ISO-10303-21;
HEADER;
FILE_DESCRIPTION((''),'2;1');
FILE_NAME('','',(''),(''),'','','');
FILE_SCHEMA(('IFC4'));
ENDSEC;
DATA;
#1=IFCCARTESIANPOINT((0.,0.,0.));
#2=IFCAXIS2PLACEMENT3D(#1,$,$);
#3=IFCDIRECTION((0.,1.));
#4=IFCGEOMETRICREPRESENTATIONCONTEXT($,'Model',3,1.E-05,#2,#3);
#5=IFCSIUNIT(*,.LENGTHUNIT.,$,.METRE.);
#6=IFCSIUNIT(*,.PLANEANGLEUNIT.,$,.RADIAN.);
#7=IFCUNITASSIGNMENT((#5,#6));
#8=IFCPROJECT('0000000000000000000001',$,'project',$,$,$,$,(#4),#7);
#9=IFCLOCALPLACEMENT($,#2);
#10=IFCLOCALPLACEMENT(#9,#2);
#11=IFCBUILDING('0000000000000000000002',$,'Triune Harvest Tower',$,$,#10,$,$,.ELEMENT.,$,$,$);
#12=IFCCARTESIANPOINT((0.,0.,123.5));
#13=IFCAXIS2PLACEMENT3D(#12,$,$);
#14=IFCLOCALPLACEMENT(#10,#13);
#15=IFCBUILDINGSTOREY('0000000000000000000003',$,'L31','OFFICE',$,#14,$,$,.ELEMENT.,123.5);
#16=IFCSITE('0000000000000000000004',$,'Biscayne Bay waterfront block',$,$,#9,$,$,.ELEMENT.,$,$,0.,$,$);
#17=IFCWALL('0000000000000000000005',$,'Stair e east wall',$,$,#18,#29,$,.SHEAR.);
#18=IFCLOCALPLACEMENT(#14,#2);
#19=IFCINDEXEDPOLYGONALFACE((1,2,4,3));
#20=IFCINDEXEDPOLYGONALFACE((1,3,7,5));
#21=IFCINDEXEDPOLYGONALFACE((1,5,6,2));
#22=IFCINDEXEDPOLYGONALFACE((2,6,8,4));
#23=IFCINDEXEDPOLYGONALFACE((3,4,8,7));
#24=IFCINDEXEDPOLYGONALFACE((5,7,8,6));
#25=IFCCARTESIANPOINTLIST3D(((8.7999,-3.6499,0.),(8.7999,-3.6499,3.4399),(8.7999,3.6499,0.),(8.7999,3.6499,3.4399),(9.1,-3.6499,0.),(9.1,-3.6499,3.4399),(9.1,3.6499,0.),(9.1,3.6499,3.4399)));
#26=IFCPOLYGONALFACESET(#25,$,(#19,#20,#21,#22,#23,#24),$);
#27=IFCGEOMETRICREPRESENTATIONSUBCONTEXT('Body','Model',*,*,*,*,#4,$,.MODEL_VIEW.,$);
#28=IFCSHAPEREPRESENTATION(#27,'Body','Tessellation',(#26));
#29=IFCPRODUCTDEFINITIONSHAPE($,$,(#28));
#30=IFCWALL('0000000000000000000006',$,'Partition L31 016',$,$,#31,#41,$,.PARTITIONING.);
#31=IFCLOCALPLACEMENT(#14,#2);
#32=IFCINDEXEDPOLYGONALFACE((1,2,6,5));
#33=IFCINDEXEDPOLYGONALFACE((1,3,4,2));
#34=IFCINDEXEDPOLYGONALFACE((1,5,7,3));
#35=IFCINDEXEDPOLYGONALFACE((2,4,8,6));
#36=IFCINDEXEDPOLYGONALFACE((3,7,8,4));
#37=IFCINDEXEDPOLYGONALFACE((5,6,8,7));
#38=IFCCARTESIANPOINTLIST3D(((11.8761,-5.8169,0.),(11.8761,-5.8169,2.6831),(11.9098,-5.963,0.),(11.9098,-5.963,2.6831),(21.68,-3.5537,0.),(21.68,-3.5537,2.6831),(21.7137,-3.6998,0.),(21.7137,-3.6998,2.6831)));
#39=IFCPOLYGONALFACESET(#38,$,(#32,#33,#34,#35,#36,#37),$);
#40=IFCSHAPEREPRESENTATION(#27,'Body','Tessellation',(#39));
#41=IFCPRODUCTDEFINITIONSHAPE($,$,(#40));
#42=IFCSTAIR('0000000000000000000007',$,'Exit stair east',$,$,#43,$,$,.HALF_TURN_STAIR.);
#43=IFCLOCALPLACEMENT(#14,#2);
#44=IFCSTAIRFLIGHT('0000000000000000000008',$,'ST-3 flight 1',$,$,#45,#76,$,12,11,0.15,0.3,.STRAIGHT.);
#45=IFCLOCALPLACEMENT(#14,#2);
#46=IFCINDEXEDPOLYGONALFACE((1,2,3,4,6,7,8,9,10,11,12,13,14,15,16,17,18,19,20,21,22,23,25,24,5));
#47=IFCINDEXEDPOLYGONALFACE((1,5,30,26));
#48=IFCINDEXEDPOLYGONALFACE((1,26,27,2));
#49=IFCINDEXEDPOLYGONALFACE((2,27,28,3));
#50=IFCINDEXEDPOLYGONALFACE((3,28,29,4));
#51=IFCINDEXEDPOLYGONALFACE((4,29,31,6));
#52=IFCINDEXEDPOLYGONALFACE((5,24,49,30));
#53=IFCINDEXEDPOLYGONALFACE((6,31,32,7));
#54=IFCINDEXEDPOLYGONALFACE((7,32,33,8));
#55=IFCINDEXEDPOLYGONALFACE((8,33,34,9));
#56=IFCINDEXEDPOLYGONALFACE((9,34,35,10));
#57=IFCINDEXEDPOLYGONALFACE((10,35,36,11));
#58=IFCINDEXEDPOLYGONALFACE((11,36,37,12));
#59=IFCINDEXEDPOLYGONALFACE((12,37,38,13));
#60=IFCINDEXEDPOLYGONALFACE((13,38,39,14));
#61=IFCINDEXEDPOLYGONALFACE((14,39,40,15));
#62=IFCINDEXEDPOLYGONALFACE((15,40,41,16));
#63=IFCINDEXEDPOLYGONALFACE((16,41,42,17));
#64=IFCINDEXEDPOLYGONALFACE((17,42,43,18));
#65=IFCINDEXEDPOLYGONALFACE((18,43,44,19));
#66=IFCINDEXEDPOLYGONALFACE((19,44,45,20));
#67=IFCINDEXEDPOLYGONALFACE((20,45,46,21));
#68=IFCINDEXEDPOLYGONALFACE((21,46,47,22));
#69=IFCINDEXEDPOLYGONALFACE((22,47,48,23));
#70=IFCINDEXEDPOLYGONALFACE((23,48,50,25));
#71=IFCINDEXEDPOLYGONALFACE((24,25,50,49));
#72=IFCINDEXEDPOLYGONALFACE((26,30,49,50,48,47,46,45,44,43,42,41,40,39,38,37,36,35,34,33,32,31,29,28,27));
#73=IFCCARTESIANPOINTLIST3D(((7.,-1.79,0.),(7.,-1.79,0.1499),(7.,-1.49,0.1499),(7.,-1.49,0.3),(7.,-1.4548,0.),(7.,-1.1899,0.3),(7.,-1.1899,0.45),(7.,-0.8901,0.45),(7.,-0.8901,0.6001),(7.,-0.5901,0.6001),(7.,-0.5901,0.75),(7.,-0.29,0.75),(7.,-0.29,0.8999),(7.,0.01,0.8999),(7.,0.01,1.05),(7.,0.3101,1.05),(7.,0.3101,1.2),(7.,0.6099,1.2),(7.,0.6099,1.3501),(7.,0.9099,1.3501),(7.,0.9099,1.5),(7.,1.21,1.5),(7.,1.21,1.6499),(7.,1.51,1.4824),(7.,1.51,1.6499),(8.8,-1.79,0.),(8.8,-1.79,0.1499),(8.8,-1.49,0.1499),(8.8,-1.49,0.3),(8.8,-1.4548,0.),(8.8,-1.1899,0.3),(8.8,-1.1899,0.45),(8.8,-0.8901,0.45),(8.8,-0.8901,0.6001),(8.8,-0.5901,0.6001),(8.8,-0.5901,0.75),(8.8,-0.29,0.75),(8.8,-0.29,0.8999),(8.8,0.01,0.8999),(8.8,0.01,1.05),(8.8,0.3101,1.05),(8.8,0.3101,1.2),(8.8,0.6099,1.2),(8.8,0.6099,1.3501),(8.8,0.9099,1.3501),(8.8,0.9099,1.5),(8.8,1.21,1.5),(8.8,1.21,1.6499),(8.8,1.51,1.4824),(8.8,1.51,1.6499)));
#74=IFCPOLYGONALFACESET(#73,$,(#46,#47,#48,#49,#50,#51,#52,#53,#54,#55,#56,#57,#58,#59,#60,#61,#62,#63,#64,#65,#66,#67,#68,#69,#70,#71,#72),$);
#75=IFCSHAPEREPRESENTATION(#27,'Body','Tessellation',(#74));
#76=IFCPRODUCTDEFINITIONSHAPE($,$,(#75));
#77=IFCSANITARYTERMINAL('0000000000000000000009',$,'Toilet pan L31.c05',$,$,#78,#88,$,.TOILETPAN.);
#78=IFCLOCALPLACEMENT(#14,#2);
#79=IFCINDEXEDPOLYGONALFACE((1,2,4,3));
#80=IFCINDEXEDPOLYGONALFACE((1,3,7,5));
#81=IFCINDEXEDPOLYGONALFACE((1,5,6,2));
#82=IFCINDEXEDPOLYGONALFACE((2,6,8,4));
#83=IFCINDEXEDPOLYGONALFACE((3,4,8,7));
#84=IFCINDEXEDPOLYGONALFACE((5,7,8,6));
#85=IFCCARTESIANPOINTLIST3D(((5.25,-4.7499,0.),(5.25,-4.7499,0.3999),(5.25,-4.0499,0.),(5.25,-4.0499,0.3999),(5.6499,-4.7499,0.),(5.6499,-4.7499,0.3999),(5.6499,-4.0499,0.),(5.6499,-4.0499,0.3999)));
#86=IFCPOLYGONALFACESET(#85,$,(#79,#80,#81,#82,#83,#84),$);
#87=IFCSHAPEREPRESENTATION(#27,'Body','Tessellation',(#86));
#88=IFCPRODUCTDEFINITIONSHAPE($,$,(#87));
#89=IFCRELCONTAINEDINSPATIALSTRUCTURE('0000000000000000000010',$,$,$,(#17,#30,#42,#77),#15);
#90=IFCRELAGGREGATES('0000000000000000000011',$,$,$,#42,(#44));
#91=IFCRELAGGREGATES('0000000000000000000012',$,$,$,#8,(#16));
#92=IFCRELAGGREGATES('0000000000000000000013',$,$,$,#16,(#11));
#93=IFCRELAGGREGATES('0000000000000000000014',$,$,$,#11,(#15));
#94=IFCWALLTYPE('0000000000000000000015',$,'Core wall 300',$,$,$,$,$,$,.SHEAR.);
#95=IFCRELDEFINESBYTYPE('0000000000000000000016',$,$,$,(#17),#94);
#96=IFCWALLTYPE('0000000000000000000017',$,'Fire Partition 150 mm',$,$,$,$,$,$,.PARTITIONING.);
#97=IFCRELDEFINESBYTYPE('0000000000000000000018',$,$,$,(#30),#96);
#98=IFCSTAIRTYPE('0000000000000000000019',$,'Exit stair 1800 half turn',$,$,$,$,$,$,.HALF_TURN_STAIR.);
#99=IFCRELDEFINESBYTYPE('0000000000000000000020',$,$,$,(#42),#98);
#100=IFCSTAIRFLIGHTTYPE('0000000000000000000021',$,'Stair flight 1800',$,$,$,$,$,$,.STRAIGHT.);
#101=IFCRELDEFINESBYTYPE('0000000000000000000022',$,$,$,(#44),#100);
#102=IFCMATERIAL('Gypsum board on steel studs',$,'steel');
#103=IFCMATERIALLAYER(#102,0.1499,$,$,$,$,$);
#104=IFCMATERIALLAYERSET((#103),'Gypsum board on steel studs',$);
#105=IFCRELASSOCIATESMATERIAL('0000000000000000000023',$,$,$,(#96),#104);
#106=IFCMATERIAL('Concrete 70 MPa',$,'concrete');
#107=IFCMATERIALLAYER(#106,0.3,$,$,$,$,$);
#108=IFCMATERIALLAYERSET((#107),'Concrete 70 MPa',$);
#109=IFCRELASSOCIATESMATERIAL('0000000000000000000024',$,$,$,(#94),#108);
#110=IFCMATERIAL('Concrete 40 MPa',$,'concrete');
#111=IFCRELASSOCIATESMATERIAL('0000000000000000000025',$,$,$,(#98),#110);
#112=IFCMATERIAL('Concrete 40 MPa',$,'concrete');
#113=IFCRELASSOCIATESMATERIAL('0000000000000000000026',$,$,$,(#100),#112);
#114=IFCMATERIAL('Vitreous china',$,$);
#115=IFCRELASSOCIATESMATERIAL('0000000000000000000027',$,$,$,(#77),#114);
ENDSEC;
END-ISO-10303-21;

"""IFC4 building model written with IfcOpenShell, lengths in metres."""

from ifc_helpers import new_model, si_unit, direction, frame, frame_2d, origin, origin_2d, place, context, subcontext, project, spatial, polyline, rectangle, outline, extrude, source, transform, mapped, material, layer, layer_set, type_object, element, aggregate, save


model = new_model("IFC4")

# Units and contexts
model_context = context("Model", 3, precision=1e-05, world=origin(), true_north=direction((0.0, 1.0)))
body_context = subcontext(model_context, "Body", "Model", "MODEL_VIEW")
ifc_project = project(units=[si_unit("LENGTHUNIT", "METRE"), si_unit("PLANEANGLEUNIT", "RADIAN")], contexts=[model_context])

# Site, building, storey
site_placement = place(None, origin())
site = spatial("IfcSite", under=ifc_project, at=site_placement, Name="Biscayne Bay waterfront block", CompositionType="ELEMENT", RefElevation=0.0)
building_placement = place(site_placement, origin())
building = spatial("IfcBuilding", under=site, at=building_placement, Name="Triune Harvest Tower", CompositionType="ELEMENT")
storey_placement = place(building_placement, frame((0.0, 0.0, 123.5)))
storey = spatial("IfcBuildingStorey", under=building, at=storey_placement, Name="L31", Description="OFFICE", CompositionType="ELEMENT", Elevation=123.5)

# Shared definitions
ifc_material_1 = material(Name="Gypsum board on steel studs", Category="steel")
ifc_layer_1 = layer(ifc_material_1, 0.1499)
ifc_layer_set_1 = layer_set([ifc_layer_1], Name="Gypsum board on steel studs")
wall_type_1 = type_object("IfcWallType", Name="Fire Partition 150 mm", PredefinedType="PARTITIONING", material=ifc_layer_set_1)

# Shared definitions
ifc_material_2 = material(Name="Concrete 70 MPa", Category="concrete")
ifc_layer_2 = layer(ifc_material_2, 0.3)
ifc_layer_set_2 = layer_set([ifc_layer_2], Name="Concrete 70 MPa")
wall_type_2 = type_object("IfcWallType", Name="Core wall 300", PredefinedType="SHEAR", material=ifc_layer_set_2)

# Walls
shared_shape_1 = source(origin(), body_context, "Body", "SweptSolid", [
    extrude(rectangle(XDim=7.2998, YDim=0.3, at=frame_2d((3.6499, 0.0))), origin(), (0.0, 0.0, 1.0), 3.4399),
])
wall_1_placement = place(storey_placement, frame((8.95, -3.6499, 0.0), z_axis=(0.0, 0.0, 1.0), x_axis=(0.0, 1.0, 0.0)))
element("IfcWall", 1, at=wall_1_placement, inside=storey, type_object=wall_type_2, Name="Stair e east wall", PredefinedType="SHEAR", context=body_context, shape_type="MappedRepresentation", body=[
    mapped(shared_shape_1, transform((0.0, 0.0, 0.0), scale=1.0)),
])
shared_shape_2 = source(origin(), body_context, "Body", "SweptSolid", [
    extrude(rectangle(XDim=10.0618, YDim=0.1499, at=frame_2d((5.0308, 0.0))), origin(), (0.0, 0.0, 1.0), 2.6831),
])
wall_2_placement = place(storey_placement, frame((11.8931, -5.8899, 0.0), z_axis=(0.0, 0.0, 1.0), x_axis=(0.974375, 0.224929, 0.0)))
element("IfcWall", 2, at=wall_2_placement, inside=storey, type_object=wall_type_1, Name="Partition L31 016", PredefinedType="PARTITIONING", context=body_context, shape_type="MappedRepresentation", body=[
    mapped(shared_shape_2, transform((0.0, 0.0, 0.0), scale=1.0)),
])

# Stair, stair flight
ifc_material_3 = material(Name="Concrete 40 MPa", Category="concrete")
stair_type = type_object("IfcStairType", Name="Exit stair 1800 half turn", PredefinedType="HALF_TURN_STAIR", material=ifc_material_3)
stair_placement = place(storey_placement, origin())
stair = element("IfcStair", 3, at=stair_placement, inside=storey, type_object=stair_type, Name="Exit stair east", PredefinedType="HALF_TURN_STAIR")
ifc_material_4 = material(Name="Concrete 40 MPa", Category="concrete")
stair_flight_type = type_object("IfcStairFlightType", Name="Stair flight 1800", PredefinedType="STRAIGHT", material=ifc_material_4)
shared_shape_3 = source(origin(), body_context, "Body", "SweptSolid", [
    extrude(outline(polyline([(0.0, 0.0), (0.0, 0.1499), (0.3, 0.1499), (0.3, 0.3), (0.6001, 0.3), (0.6001, 0.45), (0.8999, 0.45), (0.8999, 0.6001), (1.2, 0.6001), (1.2, 0.75), (1.5, 0.75), (1.5, 0.8999), (1.8, 0.8999), (1.8, 1.05), (2.1001, 1.05), (2.1001, 1.2), (2.3999, 1.2), (2.3999, 1.3501), (2.7, 1.3501), (2.7, 1.5), (3.0, 1.5), (3.0, 1.6499), (3.3, 1.6499), (3.3, 1.8), (3.3, 1.4824), (0.3352, 0.0), (0.0, 0.0)])), frame((0.0, 0.8999, 0.0), z_axis=(0.0, -1.0, 0.0), x_axis=(1.0, 0.0, 0.0)), (0.0, 0.0, 1.0), 1.8),
])
stair_flight_placement = place(storey_placement, frame((7.8999, -1.79, 0.0), z_axis=(0.0, 0.0, 1.0), x_axis=(0.0, 1.0, 0.0)))
stair_flight = element("IfcStairFlight", 4, at=stair_flight_placement, type_object=stair_flight_type, Name="ST-3 flight 1", NumberOfRisers=12, NumberOfTreads=11, PredefinedType="STRAIGHT", RiserHeight=0.15, TreadLength=0.3, context=body_context, shape_type="MappedRepresentation", body=[
    mapped(shared_shape_3, transform((0.0, 0.0, 0.0), scale=1.0)),
])
aggregate(stair, [stair_flight])

# Sanitary terminal
ifc_material_5 = material(Name="Vitreous china")
shared_shape_4 = source(origin(), body_context, "Body", "SweptSolid", [
    extrude(rectangle(XDim=0.3999, YDim=0.7, at=origin_2d()), origin(), (0.0, 0.0, 1.0), 0.3999),
])
sanitary_terminal_placement = place(storey_placement, frame((5.45, -4.3999, 0.0), z_axis=(0.0, 0.0, 1.0), x_axis=(1.0, 0.0, 0.0)))
element("IfcSanitaryTerminal", 5, at=sanitary_terminal_placement, inside=storey, material=ifc_material_5, Name="Toilet pan L31.c05", PredefinedType="TOILETPAN", context=body_context, shape_type="MappedRepresentation", body=[
    mapped(shared_shape_4, transform((0.0, 0.0, 0.0), scale=1.0)),
])

save(model, "model.ifc")
